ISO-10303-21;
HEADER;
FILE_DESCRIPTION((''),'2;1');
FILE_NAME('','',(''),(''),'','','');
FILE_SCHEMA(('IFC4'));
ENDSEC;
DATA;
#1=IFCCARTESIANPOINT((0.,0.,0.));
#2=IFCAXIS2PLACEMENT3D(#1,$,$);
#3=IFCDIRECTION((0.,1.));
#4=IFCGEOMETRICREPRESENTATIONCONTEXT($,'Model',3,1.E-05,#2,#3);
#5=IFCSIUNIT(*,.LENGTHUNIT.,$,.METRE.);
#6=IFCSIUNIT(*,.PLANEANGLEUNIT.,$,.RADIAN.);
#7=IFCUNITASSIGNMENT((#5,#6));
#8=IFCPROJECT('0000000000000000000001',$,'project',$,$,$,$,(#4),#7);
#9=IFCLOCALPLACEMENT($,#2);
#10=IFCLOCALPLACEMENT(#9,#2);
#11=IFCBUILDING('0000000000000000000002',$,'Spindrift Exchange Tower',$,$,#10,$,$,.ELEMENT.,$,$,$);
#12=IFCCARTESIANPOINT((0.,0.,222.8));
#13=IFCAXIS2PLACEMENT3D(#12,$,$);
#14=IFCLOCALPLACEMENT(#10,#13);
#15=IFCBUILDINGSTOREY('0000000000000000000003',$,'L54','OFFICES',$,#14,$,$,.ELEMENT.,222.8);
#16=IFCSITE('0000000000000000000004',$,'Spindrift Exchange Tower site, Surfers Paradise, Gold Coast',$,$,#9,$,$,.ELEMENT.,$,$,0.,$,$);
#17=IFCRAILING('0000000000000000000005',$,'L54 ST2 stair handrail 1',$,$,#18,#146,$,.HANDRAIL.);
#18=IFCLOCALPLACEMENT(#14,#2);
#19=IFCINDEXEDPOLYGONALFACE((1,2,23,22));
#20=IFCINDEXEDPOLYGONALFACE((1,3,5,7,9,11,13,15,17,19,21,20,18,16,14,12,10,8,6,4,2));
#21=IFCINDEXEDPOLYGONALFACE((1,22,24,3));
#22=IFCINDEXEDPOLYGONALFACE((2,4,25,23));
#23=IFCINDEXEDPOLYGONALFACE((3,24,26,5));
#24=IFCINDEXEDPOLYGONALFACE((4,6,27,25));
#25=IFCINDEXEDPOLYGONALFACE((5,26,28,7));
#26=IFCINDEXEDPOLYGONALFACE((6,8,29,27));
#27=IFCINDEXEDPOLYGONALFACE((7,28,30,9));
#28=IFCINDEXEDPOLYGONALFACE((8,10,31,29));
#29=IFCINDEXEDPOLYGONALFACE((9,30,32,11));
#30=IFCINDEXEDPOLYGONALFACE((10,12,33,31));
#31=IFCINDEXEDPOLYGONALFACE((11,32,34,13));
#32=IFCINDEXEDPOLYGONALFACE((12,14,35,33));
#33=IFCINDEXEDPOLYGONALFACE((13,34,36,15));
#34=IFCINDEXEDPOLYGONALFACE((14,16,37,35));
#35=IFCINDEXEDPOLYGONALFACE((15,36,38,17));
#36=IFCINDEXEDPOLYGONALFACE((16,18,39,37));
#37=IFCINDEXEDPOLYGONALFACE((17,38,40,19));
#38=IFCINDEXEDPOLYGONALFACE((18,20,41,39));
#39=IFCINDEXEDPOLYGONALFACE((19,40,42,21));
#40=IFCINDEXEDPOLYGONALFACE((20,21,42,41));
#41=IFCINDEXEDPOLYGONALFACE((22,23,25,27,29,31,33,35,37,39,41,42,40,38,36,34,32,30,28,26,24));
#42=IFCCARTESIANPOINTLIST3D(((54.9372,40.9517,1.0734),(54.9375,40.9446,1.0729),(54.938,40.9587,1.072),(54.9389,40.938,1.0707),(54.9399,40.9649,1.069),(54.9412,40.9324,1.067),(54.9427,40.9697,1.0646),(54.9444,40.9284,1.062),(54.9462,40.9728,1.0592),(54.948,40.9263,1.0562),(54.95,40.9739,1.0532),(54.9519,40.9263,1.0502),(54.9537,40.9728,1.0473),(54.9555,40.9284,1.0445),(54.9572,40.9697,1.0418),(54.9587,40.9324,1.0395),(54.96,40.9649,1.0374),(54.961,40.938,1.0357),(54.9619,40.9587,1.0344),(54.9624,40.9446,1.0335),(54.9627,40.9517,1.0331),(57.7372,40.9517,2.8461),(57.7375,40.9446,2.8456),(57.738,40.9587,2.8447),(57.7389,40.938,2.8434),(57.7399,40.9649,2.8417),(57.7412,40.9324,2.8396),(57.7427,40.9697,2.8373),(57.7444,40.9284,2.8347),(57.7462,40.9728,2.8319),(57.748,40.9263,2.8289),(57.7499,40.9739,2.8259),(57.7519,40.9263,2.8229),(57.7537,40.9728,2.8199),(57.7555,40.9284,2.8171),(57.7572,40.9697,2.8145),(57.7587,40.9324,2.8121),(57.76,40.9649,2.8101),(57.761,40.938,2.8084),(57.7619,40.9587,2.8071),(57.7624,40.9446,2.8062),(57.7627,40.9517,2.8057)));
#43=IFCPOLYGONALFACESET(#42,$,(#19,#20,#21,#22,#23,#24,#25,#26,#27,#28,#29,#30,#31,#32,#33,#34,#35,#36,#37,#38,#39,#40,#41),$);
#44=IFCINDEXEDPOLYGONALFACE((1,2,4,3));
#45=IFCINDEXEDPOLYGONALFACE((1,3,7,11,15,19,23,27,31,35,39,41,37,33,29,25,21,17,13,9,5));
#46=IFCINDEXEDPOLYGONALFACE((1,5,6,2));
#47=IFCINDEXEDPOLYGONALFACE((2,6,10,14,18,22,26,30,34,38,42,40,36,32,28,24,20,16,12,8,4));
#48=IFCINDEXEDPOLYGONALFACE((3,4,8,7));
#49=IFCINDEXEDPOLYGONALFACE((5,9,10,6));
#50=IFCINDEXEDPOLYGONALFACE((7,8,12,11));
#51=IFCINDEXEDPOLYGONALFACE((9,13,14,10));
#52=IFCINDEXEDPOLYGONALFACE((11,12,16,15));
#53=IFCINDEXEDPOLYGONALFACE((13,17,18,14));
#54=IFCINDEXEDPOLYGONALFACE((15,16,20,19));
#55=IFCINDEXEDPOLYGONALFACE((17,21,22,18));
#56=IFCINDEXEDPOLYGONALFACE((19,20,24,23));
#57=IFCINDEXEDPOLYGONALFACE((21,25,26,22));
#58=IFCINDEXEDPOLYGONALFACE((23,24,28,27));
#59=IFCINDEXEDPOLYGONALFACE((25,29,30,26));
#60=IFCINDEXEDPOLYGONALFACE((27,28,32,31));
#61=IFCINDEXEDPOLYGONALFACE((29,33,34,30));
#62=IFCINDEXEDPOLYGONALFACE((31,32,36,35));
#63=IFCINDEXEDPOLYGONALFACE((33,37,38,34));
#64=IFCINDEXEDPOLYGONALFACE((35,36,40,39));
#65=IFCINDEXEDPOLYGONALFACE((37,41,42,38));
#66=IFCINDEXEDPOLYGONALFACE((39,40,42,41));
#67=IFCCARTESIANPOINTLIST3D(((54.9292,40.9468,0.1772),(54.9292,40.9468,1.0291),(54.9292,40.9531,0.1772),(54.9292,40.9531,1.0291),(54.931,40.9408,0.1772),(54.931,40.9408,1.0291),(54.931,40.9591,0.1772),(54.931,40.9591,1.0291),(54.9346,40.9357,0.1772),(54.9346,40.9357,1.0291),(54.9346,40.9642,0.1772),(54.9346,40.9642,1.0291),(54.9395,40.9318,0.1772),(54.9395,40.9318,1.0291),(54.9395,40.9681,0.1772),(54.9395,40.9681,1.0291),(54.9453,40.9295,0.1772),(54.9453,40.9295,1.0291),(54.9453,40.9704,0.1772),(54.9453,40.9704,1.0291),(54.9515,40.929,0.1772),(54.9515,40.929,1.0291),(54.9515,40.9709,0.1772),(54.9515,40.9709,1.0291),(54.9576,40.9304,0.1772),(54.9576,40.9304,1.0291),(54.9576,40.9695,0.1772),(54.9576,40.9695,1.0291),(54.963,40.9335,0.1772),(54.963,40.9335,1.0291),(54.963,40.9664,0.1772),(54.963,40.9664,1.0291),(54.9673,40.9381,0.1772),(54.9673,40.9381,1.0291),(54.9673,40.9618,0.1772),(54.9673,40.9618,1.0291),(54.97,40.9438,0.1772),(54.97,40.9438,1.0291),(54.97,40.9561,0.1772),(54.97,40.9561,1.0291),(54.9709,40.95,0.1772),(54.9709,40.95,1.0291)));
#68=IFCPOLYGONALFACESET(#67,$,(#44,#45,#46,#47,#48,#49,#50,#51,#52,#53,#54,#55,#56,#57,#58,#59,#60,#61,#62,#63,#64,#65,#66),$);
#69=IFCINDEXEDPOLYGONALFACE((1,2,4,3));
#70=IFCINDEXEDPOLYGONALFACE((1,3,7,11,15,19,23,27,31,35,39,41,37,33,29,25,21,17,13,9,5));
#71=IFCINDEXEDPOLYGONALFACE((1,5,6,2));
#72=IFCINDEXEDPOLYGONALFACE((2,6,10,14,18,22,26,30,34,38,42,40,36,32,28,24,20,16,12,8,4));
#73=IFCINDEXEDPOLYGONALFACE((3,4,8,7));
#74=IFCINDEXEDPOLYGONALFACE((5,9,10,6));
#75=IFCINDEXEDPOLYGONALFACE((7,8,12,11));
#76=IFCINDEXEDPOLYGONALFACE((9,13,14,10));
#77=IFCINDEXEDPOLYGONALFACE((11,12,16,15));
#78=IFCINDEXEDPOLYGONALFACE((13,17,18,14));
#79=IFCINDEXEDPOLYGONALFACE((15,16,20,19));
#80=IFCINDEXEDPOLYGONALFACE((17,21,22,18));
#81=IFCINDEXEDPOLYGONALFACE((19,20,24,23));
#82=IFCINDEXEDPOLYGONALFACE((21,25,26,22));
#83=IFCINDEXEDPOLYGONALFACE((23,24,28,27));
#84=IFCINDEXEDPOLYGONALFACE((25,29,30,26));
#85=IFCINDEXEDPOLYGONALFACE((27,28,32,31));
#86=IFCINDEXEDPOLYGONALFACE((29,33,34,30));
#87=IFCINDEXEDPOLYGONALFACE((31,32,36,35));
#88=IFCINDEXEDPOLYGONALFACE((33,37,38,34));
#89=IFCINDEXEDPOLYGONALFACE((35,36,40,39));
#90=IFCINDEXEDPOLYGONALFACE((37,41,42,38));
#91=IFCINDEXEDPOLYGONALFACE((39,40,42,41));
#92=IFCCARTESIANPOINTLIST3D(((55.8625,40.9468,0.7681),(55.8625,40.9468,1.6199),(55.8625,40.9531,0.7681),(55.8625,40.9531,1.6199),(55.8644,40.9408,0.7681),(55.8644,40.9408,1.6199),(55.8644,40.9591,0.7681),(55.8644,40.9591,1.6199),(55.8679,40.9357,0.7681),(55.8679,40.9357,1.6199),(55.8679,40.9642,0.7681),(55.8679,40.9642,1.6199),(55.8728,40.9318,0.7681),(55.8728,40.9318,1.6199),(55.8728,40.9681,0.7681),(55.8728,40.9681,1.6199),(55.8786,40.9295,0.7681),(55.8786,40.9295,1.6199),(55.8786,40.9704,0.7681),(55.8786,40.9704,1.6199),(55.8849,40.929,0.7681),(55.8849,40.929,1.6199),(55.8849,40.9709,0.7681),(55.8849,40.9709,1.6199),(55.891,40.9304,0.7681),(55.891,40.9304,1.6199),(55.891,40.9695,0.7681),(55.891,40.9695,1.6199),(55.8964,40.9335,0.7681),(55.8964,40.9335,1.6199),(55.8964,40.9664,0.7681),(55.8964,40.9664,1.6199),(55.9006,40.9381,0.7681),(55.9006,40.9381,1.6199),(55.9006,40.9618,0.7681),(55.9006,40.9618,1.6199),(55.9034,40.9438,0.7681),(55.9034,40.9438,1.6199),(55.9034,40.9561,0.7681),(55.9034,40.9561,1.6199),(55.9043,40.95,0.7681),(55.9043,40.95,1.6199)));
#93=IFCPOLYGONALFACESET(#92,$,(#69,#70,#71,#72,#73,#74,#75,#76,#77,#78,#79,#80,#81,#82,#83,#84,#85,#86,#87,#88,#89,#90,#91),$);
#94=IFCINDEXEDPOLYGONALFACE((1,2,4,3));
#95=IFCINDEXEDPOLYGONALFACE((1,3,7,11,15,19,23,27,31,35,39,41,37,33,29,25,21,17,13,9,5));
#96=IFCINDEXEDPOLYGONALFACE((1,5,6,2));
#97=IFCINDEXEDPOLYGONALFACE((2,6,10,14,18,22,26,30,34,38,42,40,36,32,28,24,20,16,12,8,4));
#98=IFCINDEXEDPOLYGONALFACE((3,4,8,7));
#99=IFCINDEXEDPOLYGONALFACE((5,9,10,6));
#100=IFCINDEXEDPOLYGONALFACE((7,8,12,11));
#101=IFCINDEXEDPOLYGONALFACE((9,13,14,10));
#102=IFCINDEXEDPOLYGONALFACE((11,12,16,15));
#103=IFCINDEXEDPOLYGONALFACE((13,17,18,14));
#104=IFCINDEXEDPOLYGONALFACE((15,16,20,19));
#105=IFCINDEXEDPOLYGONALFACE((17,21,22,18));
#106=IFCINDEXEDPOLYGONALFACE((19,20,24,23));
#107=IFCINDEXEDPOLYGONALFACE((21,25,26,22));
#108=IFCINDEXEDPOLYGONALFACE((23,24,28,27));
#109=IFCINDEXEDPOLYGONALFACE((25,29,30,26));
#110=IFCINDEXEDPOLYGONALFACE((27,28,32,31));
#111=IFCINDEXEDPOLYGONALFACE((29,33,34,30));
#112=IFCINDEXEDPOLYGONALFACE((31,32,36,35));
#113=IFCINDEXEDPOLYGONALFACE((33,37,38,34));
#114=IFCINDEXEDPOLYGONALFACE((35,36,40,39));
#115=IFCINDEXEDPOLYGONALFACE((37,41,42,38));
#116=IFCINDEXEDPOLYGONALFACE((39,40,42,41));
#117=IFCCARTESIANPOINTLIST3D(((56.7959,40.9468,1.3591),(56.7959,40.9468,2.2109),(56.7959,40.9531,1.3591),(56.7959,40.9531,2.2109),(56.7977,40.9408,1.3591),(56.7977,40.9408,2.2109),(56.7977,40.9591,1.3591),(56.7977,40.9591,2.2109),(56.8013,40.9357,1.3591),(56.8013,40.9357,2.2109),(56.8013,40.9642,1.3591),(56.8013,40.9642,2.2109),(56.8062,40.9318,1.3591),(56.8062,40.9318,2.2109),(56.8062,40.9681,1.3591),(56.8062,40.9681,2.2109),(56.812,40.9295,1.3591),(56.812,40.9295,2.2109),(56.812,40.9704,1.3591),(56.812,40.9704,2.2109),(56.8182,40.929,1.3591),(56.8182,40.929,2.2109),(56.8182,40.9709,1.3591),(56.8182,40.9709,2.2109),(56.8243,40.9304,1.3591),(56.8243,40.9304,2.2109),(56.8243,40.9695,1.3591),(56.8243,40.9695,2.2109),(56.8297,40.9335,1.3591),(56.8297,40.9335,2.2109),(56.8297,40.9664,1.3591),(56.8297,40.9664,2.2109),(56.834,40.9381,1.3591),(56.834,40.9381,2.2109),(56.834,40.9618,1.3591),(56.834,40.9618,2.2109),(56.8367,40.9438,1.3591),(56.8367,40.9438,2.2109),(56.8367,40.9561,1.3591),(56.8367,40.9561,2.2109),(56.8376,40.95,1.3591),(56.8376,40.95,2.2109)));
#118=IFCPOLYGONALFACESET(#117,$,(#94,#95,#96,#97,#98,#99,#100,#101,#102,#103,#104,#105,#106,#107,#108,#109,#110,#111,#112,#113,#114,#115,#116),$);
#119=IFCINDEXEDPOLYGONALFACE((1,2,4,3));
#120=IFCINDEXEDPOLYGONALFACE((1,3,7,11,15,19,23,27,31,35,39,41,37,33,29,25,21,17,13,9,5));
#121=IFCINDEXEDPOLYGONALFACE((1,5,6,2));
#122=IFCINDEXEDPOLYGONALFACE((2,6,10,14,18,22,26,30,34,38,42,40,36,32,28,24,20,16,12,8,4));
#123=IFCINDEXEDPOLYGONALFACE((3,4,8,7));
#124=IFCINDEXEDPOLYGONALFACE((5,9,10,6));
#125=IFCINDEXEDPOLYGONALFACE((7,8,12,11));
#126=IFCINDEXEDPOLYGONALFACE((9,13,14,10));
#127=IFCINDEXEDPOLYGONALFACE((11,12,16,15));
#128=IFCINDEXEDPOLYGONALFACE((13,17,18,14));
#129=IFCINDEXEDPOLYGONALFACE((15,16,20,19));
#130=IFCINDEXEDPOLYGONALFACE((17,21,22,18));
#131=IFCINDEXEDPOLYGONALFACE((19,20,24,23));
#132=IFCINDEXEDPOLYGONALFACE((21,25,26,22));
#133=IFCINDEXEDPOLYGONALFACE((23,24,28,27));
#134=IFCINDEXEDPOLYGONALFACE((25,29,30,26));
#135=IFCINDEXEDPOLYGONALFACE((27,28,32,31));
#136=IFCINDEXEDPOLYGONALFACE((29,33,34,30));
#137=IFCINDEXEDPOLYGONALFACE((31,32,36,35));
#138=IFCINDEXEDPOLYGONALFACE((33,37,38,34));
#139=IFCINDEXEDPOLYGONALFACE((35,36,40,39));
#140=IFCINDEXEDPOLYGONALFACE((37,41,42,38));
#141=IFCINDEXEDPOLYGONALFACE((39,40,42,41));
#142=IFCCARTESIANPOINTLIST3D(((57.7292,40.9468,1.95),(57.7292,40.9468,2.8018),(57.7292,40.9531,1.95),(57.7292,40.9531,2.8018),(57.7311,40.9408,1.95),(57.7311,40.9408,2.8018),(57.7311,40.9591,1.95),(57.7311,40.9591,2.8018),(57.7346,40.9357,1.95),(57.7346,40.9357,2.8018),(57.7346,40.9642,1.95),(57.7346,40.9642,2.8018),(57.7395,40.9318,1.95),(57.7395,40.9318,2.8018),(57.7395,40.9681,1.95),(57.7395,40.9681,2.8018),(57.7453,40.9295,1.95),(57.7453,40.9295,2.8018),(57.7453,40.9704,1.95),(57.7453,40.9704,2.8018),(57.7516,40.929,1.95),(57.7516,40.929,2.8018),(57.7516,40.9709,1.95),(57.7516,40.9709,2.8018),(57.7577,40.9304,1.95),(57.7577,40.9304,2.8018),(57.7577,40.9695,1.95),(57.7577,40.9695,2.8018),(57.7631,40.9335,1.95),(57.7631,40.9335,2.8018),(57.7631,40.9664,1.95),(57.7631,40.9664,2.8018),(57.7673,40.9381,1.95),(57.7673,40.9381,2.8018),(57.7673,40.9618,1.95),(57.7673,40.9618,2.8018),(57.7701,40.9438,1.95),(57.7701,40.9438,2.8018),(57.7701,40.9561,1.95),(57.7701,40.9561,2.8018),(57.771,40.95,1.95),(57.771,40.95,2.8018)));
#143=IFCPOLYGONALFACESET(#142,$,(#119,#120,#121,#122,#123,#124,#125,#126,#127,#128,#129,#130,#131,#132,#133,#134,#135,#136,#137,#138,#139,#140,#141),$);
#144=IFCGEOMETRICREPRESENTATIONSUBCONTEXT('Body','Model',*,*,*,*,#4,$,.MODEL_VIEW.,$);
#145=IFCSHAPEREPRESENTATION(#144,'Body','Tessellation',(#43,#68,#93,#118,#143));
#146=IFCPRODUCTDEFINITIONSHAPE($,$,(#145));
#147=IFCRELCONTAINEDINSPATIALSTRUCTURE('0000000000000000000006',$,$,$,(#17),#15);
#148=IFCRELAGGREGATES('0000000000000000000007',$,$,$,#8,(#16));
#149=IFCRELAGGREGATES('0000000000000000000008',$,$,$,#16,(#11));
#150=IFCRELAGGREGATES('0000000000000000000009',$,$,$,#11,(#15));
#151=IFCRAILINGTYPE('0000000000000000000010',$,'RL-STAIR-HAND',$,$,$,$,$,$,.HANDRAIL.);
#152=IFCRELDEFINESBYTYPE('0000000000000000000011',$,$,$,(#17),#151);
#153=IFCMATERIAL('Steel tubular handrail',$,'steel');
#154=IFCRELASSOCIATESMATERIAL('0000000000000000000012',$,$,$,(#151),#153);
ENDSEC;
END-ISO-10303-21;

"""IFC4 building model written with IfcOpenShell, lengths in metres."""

from ifc_helpers import new_model, si_unit, direction, frame, origin, origin_2d, place, context, subcontext, project, spatial, circle, extrude, material, type_object, element, save


model = new_model("IFC4")

# Units and contexts
model_context = context("Model", 3, precision=1e-05, world=origin(), true_north=direction((0.0, 1.0)))
body_context = subcontext(model_context, "Body", "Model", "MODEL_VIEW")
ifc_project = project(units=[si_unit("LENGTHUNIT", "METRE"), si_unit("PLANEANGLEUNIT", "RADIAN")], contexts=[model_context])

# Site, building, storey
site_placement = place(None, origin())
site = spatial("IfcSite", under=ifc_project, at=site_placement, Name="Spindrift Exchange Tower site, Surfers Paradise, Gold Coast", CompositionType="ELEMENT", RefElevation=0.0)
building_placement = place(site_placement, origin())
building = spatial("IfcBuilding", under=site, at=building_placement, Name="Spindrift Exchange Tower", CompositionType="ELEMENT")
storey_placement = place(building_placement, frame((0.0, 0.0, 222.8)))
storey = spatial("IfcBuildingStorey", under=building, at=storey_placement, Name="L54", Description="OFFICES", CompositionType="ELEMENT", Elevation=222.8)

# Railing
ifc_material_1 = material(Name="Steel tubular handrail", Category="steel")
railing_type_1 = type_object("IfcRailingType", Name="RL-STAIR-HAND", PredefinedType="HANDRAIL", material=ifc_material_1)
railing_1_placement = place(storey_placement, frame((54.95, 40.95, 0.1772)))
element("IfcRailing", 1, at=railing_1_placement, inside=storey, type_object=railing_type_1, Name="L54 ST2 stair handrail 1", PredefinedType="HANDRAIL", context=body_context, shape_type="SweptSolid", body=[
    extrude(circle(Radius=0.0239, at=origin_2d()), frame((0.0, 0.0, 0.876), z_axis=(0.844909, 0.0, 0.53491), x_axis=(0.0, 1.0, 0.0)), (0.0, 0.0, 1.0), 3.314),
    extrude(circle(Radius=0.021, at=origin_2d()), origin(), (0.0, 0.0, 1.0), 0.8518),
    extrude(circle(Radius=0.021, at=origin_2d()), frame((0.9333, 0.0, 0.5908)), (0.0, 0.0, 1.0), 0.8518),
    extrude(circle(Radius=0.021, at=origin_2d()), frame((1.8667, 0.0, 1.1819)), (0.0, 0.0, 1.0), 0.8518),
    extrude(circle(Radius=0.021, at=origin_2d()), frame((2.8, 0.0, 1.7727)), (0.0, 0.0, 1.0), 0.8518),
])

save(model, "model.ifc")
